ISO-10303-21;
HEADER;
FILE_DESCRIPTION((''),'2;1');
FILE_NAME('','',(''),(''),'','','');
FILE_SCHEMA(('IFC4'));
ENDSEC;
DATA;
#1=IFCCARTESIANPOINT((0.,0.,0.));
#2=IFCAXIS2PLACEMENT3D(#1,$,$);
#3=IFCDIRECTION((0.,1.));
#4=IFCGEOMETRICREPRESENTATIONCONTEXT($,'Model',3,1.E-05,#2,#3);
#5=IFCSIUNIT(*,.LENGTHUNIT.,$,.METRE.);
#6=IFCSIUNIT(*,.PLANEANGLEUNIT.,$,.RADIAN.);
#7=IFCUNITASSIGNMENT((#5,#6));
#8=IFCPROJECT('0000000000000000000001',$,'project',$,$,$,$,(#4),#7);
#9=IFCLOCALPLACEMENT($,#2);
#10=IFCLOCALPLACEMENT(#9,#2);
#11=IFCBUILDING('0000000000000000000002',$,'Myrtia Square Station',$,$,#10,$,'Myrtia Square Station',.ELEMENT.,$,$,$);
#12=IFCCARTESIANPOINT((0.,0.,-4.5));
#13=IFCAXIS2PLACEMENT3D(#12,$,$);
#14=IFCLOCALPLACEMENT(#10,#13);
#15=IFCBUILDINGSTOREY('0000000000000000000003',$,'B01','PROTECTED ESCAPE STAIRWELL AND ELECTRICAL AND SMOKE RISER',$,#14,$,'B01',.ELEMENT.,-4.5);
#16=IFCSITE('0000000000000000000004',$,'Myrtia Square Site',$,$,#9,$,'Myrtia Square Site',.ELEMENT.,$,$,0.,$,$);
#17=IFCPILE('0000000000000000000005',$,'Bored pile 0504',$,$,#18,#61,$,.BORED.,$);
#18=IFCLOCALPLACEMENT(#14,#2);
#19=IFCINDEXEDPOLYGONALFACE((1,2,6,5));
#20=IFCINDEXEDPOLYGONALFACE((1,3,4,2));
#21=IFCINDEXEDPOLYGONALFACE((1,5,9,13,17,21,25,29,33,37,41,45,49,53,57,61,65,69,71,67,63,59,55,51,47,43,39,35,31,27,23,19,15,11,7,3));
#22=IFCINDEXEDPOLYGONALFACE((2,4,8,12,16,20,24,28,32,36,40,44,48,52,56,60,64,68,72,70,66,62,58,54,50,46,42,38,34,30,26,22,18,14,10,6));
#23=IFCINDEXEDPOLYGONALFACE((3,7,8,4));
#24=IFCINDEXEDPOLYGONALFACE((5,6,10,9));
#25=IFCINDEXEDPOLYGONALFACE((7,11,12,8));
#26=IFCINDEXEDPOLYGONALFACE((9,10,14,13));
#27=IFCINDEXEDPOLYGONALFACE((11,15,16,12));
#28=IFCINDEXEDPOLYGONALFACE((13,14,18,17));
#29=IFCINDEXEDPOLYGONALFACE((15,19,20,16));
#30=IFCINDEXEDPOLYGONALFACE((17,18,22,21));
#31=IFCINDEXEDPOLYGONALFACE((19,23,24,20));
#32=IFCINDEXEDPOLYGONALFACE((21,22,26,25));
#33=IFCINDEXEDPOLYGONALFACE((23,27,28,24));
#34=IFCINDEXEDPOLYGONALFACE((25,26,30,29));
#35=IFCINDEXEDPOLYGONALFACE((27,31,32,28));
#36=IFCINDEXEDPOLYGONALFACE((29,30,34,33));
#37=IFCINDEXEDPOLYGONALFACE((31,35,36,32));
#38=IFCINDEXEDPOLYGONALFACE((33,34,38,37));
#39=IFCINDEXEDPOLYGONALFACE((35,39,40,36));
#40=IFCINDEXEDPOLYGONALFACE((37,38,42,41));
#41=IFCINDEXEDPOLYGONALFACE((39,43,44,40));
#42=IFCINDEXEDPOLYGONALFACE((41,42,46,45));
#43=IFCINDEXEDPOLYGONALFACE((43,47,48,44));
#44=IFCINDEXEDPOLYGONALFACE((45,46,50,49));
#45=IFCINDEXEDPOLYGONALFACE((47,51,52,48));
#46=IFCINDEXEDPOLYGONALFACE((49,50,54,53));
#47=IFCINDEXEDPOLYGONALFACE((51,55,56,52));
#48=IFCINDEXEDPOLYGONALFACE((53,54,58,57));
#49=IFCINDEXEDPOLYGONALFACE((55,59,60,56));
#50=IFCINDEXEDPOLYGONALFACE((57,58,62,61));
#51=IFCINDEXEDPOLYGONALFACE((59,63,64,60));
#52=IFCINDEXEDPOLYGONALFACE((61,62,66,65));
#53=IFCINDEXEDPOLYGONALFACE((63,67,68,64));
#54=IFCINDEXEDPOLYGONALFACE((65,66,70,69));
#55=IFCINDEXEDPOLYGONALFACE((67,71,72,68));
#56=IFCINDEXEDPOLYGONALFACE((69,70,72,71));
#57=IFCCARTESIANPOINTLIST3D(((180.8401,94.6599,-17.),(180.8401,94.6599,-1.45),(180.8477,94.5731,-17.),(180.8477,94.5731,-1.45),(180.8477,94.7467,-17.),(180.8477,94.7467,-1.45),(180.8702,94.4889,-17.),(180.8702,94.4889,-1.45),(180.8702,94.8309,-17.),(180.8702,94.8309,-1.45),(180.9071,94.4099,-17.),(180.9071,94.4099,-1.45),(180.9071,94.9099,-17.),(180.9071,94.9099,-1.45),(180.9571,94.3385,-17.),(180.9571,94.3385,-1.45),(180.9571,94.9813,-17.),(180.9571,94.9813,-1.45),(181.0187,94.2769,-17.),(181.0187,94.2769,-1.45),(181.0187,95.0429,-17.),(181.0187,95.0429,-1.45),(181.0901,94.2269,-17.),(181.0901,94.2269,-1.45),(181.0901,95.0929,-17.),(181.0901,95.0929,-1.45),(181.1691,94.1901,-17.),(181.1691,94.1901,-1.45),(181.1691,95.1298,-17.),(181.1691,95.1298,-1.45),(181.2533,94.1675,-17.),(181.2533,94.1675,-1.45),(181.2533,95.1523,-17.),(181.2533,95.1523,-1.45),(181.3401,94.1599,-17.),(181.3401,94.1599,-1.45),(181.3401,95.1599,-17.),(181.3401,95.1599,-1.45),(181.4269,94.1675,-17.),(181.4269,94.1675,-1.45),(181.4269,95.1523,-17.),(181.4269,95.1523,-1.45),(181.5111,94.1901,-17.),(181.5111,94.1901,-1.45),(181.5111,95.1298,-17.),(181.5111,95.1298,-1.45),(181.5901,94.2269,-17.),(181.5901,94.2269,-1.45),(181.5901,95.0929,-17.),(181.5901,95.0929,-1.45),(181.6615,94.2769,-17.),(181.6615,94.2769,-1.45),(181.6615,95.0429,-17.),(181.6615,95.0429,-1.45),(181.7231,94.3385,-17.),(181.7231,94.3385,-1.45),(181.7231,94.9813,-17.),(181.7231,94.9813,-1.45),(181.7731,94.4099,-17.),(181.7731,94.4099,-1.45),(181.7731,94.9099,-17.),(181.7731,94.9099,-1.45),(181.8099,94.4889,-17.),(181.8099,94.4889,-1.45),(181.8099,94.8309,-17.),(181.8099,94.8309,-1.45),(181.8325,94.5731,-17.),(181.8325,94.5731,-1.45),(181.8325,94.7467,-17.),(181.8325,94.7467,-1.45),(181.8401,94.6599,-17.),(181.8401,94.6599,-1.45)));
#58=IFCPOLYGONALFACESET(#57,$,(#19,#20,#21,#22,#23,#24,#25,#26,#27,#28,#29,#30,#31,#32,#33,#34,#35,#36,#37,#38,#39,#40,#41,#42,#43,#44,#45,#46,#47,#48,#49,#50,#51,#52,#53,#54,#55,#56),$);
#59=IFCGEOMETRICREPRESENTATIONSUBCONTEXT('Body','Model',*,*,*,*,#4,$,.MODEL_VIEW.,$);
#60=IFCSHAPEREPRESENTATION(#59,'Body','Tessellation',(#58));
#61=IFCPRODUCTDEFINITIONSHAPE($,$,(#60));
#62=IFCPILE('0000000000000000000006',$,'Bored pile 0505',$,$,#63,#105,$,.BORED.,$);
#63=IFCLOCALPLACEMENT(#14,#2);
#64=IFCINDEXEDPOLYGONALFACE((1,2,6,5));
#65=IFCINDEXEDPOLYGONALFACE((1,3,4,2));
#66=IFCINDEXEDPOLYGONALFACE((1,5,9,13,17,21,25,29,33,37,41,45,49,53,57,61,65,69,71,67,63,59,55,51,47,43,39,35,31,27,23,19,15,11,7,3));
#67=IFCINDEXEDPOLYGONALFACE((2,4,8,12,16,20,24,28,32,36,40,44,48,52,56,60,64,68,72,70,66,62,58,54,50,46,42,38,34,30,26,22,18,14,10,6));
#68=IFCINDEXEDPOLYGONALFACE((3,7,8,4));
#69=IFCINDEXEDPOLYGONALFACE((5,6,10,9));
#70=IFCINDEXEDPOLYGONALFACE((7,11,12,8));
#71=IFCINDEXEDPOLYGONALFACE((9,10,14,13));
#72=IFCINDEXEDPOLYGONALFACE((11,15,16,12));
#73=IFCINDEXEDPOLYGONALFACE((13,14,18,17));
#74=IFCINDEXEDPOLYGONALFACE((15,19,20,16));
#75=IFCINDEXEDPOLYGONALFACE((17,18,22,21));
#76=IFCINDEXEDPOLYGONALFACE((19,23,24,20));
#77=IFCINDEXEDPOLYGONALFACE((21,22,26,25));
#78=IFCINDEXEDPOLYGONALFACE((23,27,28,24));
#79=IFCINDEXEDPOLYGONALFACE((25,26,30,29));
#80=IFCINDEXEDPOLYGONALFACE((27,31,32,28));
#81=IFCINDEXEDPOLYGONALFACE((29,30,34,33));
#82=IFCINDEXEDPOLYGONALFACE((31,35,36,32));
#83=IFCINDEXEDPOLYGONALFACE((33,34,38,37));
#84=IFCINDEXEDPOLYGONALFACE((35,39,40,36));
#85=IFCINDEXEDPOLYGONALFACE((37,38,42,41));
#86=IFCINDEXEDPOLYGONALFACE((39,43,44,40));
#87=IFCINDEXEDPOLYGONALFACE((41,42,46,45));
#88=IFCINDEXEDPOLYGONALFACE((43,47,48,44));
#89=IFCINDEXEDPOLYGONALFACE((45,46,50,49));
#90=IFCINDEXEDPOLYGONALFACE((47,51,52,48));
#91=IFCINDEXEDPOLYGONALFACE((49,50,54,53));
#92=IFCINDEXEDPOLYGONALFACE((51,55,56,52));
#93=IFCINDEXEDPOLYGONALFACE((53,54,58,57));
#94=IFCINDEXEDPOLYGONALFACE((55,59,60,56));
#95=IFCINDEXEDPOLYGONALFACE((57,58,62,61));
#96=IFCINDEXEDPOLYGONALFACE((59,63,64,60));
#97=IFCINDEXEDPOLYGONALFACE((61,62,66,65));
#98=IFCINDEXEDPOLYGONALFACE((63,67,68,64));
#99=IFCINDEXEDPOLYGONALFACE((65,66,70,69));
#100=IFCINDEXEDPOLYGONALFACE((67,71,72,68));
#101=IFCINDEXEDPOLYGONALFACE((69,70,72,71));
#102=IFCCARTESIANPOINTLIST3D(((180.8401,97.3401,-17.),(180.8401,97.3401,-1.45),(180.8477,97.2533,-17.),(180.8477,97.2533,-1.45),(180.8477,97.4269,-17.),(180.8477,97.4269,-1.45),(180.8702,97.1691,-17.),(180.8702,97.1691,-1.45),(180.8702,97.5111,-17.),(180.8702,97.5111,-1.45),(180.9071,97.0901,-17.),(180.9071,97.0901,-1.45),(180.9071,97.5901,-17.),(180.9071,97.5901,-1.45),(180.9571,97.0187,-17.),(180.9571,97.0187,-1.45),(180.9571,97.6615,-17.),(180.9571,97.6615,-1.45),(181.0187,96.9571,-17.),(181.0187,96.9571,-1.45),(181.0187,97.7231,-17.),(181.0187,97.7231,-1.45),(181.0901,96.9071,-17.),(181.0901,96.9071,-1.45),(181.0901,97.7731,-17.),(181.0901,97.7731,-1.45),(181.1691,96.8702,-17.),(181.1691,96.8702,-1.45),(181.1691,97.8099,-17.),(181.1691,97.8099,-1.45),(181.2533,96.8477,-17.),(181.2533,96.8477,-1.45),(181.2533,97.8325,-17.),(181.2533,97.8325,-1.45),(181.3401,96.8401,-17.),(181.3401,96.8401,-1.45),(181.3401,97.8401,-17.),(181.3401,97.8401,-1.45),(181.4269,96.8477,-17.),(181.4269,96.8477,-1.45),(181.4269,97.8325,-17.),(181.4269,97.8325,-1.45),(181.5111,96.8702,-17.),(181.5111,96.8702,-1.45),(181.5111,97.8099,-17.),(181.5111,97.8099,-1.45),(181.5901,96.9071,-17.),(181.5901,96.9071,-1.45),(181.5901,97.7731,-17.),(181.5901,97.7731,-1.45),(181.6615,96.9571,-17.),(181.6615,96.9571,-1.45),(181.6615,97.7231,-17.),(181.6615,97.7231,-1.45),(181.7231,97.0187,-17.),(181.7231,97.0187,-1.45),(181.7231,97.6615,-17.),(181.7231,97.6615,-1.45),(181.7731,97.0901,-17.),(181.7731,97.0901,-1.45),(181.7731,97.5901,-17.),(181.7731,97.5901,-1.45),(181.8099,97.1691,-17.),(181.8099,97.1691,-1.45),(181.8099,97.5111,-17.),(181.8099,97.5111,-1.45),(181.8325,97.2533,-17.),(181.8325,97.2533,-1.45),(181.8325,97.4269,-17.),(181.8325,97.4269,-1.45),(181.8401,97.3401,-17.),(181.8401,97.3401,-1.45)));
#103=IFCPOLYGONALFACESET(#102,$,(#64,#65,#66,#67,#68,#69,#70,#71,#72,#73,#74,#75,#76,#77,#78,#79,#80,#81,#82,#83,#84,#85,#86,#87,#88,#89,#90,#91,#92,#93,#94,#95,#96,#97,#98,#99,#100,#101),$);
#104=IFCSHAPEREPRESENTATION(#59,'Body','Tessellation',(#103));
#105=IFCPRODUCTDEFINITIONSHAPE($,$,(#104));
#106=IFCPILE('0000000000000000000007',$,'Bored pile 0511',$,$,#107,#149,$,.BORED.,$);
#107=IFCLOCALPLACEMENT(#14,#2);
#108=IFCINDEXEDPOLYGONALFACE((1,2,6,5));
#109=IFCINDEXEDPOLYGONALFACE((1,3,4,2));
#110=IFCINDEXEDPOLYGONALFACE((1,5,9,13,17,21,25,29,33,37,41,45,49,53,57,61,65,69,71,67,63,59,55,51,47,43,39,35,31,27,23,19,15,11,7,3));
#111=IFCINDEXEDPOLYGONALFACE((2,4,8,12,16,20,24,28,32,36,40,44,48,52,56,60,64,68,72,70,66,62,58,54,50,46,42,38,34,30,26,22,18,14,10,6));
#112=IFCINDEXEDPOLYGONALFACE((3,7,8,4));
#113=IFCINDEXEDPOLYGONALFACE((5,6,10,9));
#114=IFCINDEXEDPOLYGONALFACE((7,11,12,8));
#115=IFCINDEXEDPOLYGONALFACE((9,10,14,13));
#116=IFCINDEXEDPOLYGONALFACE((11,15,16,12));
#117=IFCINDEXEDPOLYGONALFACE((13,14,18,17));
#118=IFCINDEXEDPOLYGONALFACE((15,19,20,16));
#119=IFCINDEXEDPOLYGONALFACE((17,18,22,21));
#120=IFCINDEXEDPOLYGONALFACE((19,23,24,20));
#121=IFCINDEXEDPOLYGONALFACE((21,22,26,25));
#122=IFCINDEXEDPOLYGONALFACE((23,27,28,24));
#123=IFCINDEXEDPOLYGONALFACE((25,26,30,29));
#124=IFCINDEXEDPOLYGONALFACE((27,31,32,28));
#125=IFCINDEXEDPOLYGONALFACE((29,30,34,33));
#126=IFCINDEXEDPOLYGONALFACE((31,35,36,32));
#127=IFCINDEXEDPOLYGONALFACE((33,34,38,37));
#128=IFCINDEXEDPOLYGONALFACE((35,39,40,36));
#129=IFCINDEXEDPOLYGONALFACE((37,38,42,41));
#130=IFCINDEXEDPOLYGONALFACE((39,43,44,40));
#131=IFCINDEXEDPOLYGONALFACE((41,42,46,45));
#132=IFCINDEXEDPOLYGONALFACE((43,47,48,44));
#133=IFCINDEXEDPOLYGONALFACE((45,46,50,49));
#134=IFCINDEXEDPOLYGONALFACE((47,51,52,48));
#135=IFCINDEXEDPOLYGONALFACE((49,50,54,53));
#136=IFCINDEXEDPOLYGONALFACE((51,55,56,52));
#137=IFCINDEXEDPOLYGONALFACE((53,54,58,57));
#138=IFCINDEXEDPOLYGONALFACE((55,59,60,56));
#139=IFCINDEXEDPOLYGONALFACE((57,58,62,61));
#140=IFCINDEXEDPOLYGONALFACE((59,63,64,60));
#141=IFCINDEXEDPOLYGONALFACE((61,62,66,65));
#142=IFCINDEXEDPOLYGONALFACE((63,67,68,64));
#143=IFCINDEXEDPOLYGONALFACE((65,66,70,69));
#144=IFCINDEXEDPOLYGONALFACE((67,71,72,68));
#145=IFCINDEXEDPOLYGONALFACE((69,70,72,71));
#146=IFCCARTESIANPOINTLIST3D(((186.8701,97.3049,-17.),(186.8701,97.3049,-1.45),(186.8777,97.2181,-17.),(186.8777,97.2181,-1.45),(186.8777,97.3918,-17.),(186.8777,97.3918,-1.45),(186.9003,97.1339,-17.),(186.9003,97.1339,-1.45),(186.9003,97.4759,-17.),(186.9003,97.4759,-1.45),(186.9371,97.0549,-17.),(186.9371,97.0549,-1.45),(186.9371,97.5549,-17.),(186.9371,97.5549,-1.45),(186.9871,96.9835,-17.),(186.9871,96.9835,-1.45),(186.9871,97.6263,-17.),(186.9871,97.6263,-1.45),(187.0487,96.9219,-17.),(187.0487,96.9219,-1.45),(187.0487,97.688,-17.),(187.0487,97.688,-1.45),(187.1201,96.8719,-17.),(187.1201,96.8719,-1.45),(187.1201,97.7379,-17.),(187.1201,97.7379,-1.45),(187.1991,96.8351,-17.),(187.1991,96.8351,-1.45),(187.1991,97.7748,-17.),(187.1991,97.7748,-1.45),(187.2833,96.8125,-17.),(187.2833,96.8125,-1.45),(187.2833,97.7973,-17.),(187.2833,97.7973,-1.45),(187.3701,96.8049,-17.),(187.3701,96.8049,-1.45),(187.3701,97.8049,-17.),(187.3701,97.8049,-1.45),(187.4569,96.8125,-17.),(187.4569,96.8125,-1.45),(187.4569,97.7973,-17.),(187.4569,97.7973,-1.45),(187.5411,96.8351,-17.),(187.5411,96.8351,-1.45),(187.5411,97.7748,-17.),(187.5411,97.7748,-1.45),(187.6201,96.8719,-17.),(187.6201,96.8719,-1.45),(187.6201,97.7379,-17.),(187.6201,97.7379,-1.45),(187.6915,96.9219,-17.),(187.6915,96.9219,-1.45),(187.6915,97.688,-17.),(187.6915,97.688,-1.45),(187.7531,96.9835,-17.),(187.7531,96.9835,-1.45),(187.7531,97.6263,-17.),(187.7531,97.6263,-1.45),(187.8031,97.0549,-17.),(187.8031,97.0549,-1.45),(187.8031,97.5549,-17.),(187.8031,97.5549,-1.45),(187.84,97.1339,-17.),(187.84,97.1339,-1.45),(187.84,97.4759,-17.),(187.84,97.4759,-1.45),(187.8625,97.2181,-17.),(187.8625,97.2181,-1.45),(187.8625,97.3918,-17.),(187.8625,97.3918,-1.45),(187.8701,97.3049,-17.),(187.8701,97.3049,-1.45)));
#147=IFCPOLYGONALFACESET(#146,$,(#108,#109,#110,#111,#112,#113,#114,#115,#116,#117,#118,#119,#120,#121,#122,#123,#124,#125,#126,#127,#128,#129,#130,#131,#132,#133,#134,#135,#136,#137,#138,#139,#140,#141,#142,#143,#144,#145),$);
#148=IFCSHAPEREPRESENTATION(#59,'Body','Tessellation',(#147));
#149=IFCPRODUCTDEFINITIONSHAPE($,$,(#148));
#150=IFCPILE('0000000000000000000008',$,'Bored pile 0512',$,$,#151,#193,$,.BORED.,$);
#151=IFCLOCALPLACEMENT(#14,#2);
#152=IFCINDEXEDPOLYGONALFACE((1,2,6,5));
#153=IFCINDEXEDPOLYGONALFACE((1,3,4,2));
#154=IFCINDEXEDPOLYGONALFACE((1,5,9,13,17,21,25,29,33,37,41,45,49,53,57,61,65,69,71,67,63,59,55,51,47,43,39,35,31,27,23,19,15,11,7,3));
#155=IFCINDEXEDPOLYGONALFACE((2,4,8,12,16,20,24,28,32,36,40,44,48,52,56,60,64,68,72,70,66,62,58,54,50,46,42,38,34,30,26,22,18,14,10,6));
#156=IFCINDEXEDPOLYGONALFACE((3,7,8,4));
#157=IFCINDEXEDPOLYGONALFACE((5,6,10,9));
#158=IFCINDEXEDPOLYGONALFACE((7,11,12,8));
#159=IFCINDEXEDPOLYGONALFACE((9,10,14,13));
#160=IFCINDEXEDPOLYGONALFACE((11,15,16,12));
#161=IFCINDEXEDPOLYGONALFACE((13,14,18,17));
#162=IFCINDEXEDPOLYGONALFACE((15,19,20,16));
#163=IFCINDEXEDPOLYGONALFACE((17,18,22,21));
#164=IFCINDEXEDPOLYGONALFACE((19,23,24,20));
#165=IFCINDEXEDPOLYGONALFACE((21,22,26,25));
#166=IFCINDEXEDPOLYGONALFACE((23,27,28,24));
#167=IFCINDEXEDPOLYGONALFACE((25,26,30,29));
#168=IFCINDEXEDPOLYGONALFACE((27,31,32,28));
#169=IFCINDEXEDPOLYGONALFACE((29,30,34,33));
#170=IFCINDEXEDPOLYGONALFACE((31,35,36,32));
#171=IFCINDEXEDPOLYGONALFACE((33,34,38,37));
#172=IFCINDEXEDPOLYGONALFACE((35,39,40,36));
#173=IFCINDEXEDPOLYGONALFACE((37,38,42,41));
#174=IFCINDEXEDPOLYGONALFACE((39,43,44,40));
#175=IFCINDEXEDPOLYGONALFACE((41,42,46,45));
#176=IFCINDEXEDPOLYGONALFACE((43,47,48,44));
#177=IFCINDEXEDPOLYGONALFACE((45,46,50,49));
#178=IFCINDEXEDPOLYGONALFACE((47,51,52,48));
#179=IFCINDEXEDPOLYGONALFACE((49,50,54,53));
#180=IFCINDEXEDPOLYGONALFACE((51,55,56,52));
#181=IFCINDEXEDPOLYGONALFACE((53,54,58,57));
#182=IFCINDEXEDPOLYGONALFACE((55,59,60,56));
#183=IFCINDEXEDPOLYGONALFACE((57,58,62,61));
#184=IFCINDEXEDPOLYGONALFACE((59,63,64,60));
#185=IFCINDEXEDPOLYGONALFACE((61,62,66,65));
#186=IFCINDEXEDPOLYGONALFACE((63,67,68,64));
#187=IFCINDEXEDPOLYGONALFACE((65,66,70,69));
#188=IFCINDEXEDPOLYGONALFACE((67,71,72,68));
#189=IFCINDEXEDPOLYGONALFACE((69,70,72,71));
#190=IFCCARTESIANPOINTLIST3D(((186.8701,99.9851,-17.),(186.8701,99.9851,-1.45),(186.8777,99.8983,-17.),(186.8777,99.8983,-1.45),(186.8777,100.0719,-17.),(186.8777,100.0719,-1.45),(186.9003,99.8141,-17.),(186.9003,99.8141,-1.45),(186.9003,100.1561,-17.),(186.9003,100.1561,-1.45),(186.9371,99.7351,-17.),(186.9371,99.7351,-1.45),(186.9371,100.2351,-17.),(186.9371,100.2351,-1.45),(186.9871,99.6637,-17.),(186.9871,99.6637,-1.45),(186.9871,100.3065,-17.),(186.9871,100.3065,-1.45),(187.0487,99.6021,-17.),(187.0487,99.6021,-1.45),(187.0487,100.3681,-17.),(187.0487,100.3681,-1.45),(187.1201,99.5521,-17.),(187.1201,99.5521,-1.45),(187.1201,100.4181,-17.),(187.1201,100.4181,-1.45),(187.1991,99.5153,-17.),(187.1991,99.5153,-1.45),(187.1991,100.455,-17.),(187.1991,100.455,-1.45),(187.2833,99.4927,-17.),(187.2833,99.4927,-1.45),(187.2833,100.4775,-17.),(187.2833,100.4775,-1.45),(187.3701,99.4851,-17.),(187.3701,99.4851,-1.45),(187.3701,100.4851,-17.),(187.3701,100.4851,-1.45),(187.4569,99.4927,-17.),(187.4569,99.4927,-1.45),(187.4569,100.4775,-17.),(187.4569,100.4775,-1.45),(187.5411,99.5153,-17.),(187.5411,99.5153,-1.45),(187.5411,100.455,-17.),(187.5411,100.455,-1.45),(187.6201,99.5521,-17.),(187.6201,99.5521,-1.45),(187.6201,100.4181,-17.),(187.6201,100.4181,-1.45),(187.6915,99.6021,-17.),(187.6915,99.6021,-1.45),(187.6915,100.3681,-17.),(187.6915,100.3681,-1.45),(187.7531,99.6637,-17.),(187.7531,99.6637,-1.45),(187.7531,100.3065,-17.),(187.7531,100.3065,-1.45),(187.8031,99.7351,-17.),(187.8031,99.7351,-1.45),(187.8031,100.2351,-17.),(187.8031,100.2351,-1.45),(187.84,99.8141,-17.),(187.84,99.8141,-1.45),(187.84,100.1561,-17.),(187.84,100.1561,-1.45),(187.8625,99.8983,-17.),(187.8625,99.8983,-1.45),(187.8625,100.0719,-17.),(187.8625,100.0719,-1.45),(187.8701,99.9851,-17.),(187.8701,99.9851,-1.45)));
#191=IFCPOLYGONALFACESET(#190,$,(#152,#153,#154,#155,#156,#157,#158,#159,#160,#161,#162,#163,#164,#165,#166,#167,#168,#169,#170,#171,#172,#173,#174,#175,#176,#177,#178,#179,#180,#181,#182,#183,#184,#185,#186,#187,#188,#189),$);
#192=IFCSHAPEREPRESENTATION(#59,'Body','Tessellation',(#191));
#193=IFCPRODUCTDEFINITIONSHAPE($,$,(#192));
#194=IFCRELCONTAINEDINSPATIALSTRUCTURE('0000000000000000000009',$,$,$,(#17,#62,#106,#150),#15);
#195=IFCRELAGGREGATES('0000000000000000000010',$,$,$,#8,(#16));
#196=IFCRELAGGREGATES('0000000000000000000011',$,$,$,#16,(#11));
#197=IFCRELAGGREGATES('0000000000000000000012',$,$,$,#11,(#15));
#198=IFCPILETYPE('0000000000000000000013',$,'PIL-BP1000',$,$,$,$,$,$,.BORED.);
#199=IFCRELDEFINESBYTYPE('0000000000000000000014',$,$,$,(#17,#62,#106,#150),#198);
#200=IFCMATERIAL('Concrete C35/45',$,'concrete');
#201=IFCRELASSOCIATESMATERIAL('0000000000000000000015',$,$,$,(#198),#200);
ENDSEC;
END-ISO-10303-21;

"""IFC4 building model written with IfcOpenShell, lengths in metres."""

from ifc_helpers import new_model, si_unit, direction, frame, origin, origin_2d, place, context, subcontext, project, spatial, circle, extrude, material, material_profile, profile_set, type_object, element, save


model = new_model("IFC4")

# Units and contexts
model_context = context("Model", 3, precision=1e-05, world=origin(), true_north=direction((0.0, 1.0)))
body_context = subcontext(model_context, "Body", "Model", "MODEL_VIEW")
ifc_project = project(units=[si_unit("LENGTHUNIT", "METRE"), si_unit("PLANEANGLEUNIT", "RADIAN")], contexts=[model_context])

# Site, building, storey
site_placement = place(None, origin())
site = spatial("IfcSite", under=ifc_project, at=site_placement, Name="Myrtia Square Site", LongName="Myrtia Square Site", CompositionType="ELEMENT", RefElevation=0.0)
building_placement = place(site_placement, origin())
building = spatial("IfcBuilding", under=site, at=building_placement, Name="Myrtia Square Station", LongName="Myrtia Square Station", CompositionType="ELEMENT")
storey_placement = place(building_placement, frame((0.0, 0.0, -4.5)))
storey = spatial("IfcBuildingStorey", under=building, at=storey_placement, Name="B01", Description="PROTECTED ESCAPE STAIRWELL AND ELECTRICAL AND SMOKE RISER", LongName="B01", CompositionType="ELEMENT", Elevation=-4.5)

# Shared definitions
ifc_material_1 = material(Name="Concrete C35/45", Category="concrete")

# Piles
ifc_material_profile_1 = material_profile(ifc_material_1, circle(Radius=0.5, at=origin_2d()), Name="BP D1000")
ifc_profile_set_1 = profile_set([ifc_material_profile_1], Name="Concrete C35/45")
pile_type_1 = type_object("IfcPileType", Name="PIL-BP1000", PredefinedType="BORED", material=ifc_profile_set_1)
for number, where, z_axis, x_axis, name in (
    (1, (181.3401, 94.6599, -1.45), (0.0, 0.0, -1.0), (1.0, 0.0, 0.0), "Bored pile 0504"),
    (2, (181.3401, 97.3401, -1.45), (0.0, 0.0, -1.0), (1.0, 0.0, 0.0), "Bored pile 0505"),
    (3, (187.3701, 97.3049, -1.45), (0.0, 0.0, -1.0), (1.0, 0.0, 0.0), "Bored pile 0511"),
    (4, (187.3701, 99.9851, -1.45), (0.0, 0.0, -1.0), (1.0, 0.0, 0.0), "Bored pile 0512"),
):
    element("IfcPile", number, at=place(storey_placement, frame(where, z_axis=z_axis, x_axis=x_axis)), inside=storey, type_object=pile_type_1, Name=name, PredefinedType="BORED", context=body_context, shape_type="SweptSolid", body=[
        extrude(circle(Radius=0.5, at=origin_2d()), origin(), (0.0, 0.0, 1.0), 15.55),
    ])

save(model, "model.ifc")
